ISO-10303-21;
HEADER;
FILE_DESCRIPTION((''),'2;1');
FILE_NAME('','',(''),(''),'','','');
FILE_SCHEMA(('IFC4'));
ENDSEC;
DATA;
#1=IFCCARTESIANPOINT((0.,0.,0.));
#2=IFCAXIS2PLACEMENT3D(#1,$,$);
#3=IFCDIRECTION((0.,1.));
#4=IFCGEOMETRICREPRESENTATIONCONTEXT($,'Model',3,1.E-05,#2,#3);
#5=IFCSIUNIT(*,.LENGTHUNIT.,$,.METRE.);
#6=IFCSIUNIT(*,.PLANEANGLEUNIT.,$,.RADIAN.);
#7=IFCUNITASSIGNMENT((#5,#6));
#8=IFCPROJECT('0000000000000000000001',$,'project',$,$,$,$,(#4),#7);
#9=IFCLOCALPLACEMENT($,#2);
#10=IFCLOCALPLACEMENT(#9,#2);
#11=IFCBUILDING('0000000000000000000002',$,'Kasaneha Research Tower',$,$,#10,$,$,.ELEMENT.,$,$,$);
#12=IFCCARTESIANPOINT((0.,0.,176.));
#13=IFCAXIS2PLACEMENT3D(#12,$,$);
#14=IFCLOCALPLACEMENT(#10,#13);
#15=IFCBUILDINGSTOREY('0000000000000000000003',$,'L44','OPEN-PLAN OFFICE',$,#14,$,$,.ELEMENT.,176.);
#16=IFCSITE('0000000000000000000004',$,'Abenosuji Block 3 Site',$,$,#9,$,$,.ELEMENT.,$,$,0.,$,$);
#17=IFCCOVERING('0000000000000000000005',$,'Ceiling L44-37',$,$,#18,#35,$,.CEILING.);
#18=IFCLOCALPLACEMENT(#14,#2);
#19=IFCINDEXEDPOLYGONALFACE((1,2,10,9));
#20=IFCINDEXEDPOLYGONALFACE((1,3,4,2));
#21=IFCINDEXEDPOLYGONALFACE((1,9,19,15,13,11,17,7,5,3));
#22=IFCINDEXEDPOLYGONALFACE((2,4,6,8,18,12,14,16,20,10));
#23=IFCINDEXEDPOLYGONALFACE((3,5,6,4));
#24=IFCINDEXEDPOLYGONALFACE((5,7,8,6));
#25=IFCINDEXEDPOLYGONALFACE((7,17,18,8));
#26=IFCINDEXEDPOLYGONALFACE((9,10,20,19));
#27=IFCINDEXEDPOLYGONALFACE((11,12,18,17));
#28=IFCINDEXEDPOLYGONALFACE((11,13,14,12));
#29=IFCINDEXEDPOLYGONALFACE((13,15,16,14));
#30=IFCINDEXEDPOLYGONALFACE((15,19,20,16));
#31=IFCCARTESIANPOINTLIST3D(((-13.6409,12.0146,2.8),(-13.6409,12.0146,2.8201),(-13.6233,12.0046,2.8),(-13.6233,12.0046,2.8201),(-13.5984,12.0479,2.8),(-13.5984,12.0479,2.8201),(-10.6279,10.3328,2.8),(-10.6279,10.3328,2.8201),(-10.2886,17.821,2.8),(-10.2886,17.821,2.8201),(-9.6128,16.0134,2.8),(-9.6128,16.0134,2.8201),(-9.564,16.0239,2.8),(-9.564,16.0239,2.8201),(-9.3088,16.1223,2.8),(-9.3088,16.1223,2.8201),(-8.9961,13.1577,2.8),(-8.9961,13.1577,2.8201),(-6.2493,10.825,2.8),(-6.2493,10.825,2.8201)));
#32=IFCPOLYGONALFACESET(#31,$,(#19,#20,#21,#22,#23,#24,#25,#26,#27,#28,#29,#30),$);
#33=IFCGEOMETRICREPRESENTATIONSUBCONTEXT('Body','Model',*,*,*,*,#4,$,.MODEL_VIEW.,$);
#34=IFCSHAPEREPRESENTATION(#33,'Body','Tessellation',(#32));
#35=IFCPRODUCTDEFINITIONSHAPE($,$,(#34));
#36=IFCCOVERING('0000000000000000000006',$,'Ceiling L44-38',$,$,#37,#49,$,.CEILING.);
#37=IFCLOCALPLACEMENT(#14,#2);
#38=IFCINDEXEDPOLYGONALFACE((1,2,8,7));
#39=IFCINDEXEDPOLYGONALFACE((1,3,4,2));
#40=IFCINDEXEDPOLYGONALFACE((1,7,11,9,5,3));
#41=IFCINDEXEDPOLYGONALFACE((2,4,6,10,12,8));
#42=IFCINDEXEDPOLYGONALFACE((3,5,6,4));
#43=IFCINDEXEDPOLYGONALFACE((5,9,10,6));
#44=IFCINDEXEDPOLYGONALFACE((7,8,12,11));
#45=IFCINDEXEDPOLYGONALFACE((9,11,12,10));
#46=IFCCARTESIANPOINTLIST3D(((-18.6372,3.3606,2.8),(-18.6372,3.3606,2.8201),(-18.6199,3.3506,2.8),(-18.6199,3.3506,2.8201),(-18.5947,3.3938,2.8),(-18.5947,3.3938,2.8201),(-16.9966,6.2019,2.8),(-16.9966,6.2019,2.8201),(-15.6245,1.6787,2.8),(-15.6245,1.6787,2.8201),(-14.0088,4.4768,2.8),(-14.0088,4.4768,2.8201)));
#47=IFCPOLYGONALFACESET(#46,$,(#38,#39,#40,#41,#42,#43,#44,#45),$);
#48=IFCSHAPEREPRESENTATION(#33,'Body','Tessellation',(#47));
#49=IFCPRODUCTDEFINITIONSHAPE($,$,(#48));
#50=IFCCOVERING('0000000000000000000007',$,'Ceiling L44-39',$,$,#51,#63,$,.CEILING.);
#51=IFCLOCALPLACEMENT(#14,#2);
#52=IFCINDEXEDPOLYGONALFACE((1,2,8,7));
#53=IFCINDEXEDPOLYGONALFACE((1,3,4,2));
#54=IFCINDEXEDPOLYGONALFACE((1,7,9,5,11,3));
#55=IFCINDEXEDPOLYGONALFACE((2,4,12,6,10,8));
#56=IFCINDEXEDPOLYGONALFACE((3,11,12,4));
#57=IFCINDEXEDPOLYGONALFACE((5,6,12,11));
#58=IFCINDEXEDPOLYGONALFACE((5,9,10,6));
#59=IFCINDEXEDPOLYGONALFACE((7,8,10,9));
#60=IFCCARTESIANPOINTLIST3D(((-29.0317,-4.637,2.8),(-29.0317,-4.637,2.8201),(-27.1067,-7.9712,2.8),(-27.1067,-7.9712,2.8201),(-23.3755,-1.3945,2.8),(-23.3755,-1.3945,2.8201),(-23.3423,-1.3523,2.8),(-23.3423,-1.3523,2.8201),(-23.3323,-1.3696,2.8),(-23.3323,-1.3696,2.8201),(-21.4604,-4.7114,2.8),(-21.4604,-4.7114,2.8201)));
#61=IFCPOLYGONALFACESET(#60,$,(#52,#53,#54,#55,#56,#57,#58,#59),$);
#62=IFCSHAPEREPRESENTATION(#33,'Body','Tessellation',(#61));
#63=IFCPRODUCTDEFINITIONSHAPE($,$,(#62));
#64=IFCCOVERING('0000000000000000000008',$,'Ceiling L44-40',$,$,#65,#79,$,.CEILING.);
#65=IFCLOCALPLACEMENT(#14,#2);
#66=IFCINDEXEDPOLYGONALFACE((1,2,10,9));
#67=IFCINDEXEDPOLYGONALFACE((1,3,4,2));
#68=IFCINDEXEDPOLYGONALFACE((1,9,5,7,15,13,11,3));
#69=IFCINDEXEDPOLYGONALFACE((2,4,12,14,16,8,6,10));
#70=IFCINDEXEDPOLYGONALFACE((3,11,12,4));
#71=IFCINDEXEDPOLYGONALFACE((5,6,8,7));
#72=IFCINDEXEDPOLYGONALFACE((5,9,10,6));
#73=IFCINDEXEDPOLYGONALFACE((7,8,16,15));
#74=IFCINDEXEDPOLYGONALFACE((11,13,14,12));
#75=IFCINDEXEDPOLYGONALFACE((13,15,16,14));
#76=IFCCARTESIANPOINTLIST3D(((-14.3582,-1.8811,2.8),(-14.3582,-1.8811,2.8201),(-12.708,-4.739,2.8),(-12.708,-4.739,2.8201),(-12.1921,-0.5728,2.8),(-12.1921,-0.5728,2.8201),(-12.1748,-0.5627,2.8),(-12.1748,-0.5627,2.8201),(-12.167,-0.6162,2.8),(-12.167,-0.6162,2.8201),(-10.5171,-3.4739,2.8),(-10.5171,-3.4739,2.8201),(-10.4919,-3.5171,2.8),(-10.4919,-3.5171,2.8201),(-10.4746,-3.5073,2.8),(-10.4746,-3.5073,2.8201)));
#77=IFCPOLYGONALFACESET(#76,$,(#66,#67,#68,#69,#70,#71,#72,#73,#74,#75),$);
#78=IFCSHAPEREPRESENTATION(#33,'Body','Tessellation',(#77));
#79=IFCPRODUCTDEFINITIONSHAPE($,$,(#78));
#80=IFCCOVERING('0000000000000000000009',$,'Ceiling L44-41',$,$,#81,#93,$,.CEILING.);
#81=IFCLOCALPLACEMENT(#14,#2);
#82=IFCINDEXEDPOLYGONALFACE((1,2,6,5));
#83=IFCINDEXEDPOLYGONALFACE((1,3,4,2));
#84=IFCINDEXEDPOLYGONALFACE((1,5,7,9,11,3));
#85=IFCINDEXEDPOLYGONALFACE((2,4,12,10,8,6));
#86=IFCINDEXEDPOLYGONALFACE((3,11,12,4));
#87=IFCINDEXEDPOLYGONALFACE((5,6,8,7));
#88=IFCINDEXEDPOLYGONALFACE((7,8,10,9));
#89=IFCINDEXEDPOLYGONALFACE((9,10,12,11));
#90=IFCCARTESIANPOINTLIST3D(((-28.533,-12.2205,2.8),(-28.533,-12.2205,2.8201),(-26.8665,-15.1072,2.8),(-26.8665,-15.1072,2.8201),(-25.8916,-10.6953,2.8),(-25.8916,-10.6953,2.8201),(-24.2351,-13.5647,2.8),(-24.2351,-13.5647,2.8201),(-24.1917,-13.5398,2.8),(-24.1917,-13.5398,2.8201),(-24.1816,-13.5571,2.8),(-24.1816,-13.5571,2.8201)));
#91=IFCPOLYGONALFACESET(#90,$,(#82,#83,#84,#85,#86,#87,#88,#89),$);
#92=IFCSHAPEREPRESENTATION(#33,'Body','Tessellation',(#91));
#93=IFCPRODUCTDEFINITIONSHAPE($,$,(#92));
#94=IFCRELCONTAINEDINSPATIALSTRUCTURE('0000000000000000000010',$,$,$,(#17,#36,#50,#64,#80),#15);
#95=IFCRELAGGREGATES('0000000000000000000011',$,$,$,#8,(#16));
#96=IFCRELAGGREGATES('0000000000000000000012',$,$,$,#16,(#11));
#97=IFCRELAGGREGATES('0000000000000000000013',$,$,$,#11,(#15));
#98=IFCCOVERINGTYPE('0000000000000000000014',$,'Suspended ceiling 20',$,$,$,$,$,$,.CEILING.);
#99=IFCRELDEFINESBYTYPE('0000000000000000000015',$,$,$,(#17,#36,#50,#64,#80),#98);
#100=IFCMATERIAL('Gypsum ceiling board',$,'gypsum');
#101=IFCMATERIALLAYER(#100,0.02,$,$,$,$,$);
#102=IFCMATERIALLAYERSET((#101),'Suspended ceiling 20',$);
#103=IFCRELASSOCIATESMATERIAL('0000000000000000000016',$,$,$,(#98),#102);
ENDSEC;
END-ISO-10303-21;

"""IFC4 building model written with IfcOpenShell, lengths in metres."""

from ifc_helpers import new_model, si_unit, direction, frame, origin, place, context, subcontext, project, spatial, polyline, outline, extrude, material, layer, layer_set, type_object, element, save


model = new_model("IFC4")

# Units and contexts
model_context = context("Model", 3, precision=1e-05, world=origin(), true_north=direction((0.0, 1.0)))
body_context = subcontext(model_context, "Body", "Model", "MODEL_VIEW")
ifc_project = project(units=[si_unit("LENGTHUNIT", "METRE"), si_unit("PLANEANGLEUNIT", "RADIAN")], contexts=[model_context])

# Site, building, storey
site_placement = place(None, origin())
site = spatial("IfcSite", under=ifc_project, at=site_placement, Name="Abenosuji Block 3 Site", CompositionType="ELEMENT", RefElevation=0.0)
building_placement = place(site_placement, origin())
building = spatial("IfcBuilding", under=site, at=building_placement, Name="Kasaneha Research Tower", CompositionType="ELEMENT")
storey_placement = place(building_placement, frame((0.0, 0.0, 176.0)))
storey = spatial("IfcBuildingStorey", under=building, at=storey_placement, Name="L44", Description="OPEN-PLAN OFFICE", CompositionType="ELEMENT", Elevation=176.0)

# Coverings
ifc_material_1 = material(Name="Gypsum ceiling board", Category="gypsum")
ifc_layer_1 = layer(ifc_material_1, 0.02)
ifc_layer_set_1 = layer_set([ifc_layer_1], Name="Suspended ceiling 20")
covering_type_1 = type_object("IfcCoveringType", Name="Suspended ceiling 20", PredefinedType="CEILING", material=ifc_layer_set_1)
covering_1_placement = place(storey_placement, frame((0.0, 0.0, 2.8)))
element("IfcCovering", 1, at=covering_1_placement, inside=storey, type_object=covering_type_1, Name="Ceiling L44-37", PredefinedType="CEILING", context=body_context, shape_type="SweptSolid", body=[
    extrude(outline(polyline([(-6.2493, 10.825), (-9.3088, 16.1223), (-9.564, 16.0239), (-9.564, 16.0239), (-9.6128, 16.0134), (-8.9961, 13.1577), (-10.6279, 10.3328), (-13.5984, 12.0479), (-13.6233, 12.0046), (-13.6409, 12.0146), (-10.2886, 17.821), (-6.2493, 10.825)])), origin(), (0.0, 0.0, 1.0), 0.02),
])
covering_2_placement = place(storey_placement, frame((0.0, 0.0, 2.8)))
element("IfcCovering", 2, at=covering_2_placement, inside=storey, type_object=covering_type_1, Name="Ceiling L44-38", PredefinedType="CEILING", context=body_context, shape_type="SweptSolid", body=[
    extrude(outline(polyline([(-16.9966, 6.2019), (-14.0088, 4.4768), (-15.6245, 1.6787), (-18.5947, 3.3938), (-18.6199, 3.3506), (-18.6372, 3.3606), (-16.9966, 6.2019)])), origin(), (0.0, 0.0, 1.0), 0.02),
])
covering_3_placement = place(storey_placement, frame((0.0, 0.0, 2.8)))
element("IfcCovering", 3, at=covering_3_placement, inside=storey, type_object=covering_type_1, Name="Ceiling L44-39", PredefinedType="CEILING", context=body_context, shape_type="SweptSolid", body=[
    extrude(outline(polyline([(-23.3423, -1.3523), (-23.3323, -1.3696), (-23.3755, -1.3945), (-21.4604, -4.7114), (-27.1067, -7.9712), (-29.0317, -4.637), (-23.3423, -1.3523)])), origin(), (0.0, 0.0, 1.0), 0.02),
])
covering_4_placement = place(storey_placement, frame((0.0, 0.0, 2.8)))
element("IfcCovering", 4, at=covering_4_placement, inside=storey, type_object=covering_type_1, Name="Ceiling L44-40", PredefinedType="CEILING", context=body_context, shape_type="SweptSolid", body=[
    extrude(outline(polyline([(-10.4746, -3.5073), (-10.4919, -3.5171), (-10.5171, -3.4739), (-12.708, -4.739), (-14.3582, -1.8811), (-12.167, -0.6162), (-12.1921, -0.5728), (-12.1748, -0.5627), (-10.4746, -3.5073)])), origin(), (0.0, 0.0, 1.0), 0.02),
])
covering_5_placement = place(storey_placement, frame((0.0, 0.0, 2.8)))
element("IfcCovering", 5, at=covering_5_placement, inside=storey, type_object=covering_type_1, Name="Ceiling L44-41", PredefinedType="CEILING", context=body_context, shape_type="SweptSolid", body=[
    extrude(outline(polyline([(-28.533, -12.2205), (-25.8916, -10.6953), (-24.2351, -13.5647), (-24.1917, -13.5398), (-24.1816, -13.5571), (-26.8665, -15.1072), (-28.533, -12.2205)])), origin(), (0.0, 0.0, 1.0), 0.02),
])

save(model, "model.ifc")
